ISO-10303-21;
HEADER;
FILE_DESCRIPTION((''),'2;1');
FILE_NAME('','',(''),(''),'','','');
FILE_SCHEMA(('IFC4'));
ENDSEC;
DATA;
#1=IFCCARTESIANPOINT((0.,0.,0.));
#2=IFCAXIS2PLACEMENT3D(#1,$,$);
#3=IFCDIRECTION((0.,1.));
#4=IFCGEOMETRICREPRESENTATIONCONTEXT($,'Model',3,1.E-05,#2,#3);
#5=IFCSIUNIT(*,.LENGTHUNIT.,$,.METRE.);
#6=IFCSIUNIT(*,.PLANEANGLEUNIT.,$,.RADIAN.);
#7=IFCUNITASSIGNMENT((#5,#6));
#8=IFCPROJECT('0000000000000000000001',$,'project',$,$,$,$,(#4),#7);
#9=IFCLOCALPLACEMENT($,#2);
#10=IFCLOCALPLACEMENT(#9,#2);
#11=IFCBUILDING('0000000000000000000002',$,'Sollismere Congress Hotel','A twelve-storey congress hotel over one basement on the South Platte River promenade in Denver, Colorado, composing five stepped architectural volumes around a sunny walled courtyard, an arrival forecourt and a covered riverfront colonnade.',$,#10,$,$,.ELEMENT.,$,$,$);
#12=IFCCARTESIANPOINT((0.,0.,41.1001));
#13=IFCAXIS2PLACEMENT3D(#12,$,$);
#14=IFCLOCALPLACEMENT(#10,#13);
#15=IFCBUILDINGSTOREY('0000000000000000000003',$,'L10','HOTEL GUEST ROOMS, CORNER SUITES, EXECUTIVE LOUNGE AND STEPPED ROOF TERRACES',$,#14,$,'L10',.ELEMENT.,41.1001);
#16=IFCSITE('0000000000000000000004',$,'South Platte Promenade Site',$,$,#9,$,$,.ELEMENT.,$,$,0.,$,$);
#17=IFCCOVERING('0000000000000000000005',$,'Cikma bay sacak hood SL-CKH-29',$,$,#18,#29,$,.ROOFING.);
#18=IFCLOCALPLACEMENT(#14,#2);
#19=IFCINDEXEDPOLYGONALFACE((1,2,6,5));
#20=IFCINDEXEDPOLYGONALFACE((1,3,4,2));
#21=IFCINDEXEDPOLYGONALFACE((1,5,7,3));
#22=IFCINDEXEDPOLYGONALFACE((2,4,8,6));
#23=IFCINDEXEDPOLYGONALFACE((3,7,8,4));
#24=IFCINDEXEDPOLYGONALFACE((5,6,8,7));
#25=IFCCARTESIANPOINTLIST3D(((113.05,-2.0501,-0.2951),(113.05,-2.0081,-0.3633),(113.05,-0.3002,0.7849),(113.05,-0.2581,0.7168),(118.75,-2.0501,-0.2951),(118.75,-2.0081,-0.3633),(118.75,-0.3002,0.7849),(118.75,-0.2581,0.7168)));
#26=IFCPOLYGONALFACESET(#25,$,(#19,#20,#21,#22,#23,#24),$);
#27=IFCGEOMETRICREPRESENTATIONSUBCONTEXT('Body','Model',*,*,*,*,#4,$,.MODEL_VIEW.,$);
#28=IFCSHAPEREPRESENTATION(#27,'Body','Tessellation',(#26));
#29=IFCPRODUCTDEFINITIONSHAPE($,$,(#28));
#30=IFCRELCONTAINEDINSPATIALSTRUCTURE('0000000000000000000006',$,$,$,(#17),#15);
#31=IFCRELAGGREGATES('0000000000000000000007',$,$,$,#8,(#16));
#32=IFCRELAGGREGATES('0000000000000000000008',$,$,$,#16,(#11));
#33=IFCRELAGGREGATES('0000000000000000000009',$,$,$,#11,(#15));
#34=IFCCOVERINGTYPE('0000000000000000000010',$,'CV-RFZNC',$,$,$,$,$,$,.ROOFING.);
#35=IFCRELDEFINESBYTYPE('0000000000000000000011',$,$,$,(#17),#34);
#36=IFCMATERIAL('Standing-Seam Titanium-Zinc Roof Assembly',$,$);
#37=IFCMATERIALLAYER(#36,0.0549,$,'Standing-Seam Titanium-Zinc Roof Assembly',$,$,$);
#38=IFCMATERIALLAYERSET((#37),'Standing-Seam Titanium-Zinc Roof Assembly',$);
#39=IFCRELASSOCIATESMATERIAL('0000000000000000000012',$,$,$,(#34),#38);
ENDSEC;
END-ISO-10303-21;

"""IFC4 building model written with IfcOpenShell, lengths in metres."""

from ifc_helpers import new_model, si_unit, direction, frame, origin, place, context, subcontext, project, spatial, polyline, outline, extrude, material, layer, layer_set, type_object, element, save


model = new_model("IFC4")

# Units and contexts
model_context = context("Model", 3, precision=1e-05, world=origin(), true_north=direction((0.0, 1.0)))
body_context = subcontext(model_context, "Body", "Model", "MODEL_VIEW")
ifc_project = project(units=[si_unit("LENGTHUNIT", "METRE"), si_unit("PLANEANGLEUNIT", "RADIAN")], contexts=[model_context])

# Site, building, storey
site_placement = place(None, origin())
site = spatial("IfcSite", under=ifc_project, at=site_placement, Name="South Platte Promenade Site", CompositionType="ELEMENT", RefElevation=0.0)
building_placement = place(site_placement, origin())
building = spatial("IfcBuilding", under=site, at=building_placement, Name="Sollismere Congress Hotel", Description="A twelve-storey congress hotel over one basement on the South Platte River promenade in Denver, Colorado, composing five stepped architectural volumes around a sunny walled courtyard, an arrival forecourt and a covered riverfront colonnade.", CompositionType="ELEMENT")
storey_placement = place(building_placement, frame((0.0, 0.0, 41.1001)))
storey = spatial("IfcBuildingStorey", under=building, at=storey_placement, Name="L10", Description="HOTEL GUEST ROOMS, CORNER SUITES, EXECUTIVE LOUNGE AND STEPPED ROOF TERRACES", LongName="L10", CompositionType="ELEMENT", Elevation=41.1001)

# Covering
ifc_material_1 = material(Name="Standing-Seam Titanium-Zinc Roof Assembly")
ifc_layer_1 = layer(ifc_material_1, 0.0549, Name="Standing-Seam Titanium-Zinc Roof Assembly")
ifc_layer_set_1 = layer_set([ifc_layer_1], Name="Standing-Seam Titanium-Zinc Roof Assembly")
covering_type = type_object("IfcCoveringType", Name="CV-RFZNC", PredefinedType="ROOFING", material=ifc_layer_set_1)
covering_placement = place(storey_placement, frame((113.05, -2.0081, -0.3633), z_axis=(0.0, -0.52521, 0.850973), x_axis=(1.0, 0.0, 0.0)))
element("IfcCovering", 1, at=covering_placement, inside=storey, type_object=covering_type, Name="Cikma bay sacak hood SL-CKH-29", PredefinedType="ROOFING", context=body_context, shape_type="SweptSolid", body=[
    extrude(outline(polyline([(0.0, 0.0), (5.7, 0.0), (5.7, 2.0564), (0.0, 2.0564), (0.0, 0.0)])), origin(), (0.0, 0.0, 1.0), 0.0801),
])

save(model, "model.ifc")
